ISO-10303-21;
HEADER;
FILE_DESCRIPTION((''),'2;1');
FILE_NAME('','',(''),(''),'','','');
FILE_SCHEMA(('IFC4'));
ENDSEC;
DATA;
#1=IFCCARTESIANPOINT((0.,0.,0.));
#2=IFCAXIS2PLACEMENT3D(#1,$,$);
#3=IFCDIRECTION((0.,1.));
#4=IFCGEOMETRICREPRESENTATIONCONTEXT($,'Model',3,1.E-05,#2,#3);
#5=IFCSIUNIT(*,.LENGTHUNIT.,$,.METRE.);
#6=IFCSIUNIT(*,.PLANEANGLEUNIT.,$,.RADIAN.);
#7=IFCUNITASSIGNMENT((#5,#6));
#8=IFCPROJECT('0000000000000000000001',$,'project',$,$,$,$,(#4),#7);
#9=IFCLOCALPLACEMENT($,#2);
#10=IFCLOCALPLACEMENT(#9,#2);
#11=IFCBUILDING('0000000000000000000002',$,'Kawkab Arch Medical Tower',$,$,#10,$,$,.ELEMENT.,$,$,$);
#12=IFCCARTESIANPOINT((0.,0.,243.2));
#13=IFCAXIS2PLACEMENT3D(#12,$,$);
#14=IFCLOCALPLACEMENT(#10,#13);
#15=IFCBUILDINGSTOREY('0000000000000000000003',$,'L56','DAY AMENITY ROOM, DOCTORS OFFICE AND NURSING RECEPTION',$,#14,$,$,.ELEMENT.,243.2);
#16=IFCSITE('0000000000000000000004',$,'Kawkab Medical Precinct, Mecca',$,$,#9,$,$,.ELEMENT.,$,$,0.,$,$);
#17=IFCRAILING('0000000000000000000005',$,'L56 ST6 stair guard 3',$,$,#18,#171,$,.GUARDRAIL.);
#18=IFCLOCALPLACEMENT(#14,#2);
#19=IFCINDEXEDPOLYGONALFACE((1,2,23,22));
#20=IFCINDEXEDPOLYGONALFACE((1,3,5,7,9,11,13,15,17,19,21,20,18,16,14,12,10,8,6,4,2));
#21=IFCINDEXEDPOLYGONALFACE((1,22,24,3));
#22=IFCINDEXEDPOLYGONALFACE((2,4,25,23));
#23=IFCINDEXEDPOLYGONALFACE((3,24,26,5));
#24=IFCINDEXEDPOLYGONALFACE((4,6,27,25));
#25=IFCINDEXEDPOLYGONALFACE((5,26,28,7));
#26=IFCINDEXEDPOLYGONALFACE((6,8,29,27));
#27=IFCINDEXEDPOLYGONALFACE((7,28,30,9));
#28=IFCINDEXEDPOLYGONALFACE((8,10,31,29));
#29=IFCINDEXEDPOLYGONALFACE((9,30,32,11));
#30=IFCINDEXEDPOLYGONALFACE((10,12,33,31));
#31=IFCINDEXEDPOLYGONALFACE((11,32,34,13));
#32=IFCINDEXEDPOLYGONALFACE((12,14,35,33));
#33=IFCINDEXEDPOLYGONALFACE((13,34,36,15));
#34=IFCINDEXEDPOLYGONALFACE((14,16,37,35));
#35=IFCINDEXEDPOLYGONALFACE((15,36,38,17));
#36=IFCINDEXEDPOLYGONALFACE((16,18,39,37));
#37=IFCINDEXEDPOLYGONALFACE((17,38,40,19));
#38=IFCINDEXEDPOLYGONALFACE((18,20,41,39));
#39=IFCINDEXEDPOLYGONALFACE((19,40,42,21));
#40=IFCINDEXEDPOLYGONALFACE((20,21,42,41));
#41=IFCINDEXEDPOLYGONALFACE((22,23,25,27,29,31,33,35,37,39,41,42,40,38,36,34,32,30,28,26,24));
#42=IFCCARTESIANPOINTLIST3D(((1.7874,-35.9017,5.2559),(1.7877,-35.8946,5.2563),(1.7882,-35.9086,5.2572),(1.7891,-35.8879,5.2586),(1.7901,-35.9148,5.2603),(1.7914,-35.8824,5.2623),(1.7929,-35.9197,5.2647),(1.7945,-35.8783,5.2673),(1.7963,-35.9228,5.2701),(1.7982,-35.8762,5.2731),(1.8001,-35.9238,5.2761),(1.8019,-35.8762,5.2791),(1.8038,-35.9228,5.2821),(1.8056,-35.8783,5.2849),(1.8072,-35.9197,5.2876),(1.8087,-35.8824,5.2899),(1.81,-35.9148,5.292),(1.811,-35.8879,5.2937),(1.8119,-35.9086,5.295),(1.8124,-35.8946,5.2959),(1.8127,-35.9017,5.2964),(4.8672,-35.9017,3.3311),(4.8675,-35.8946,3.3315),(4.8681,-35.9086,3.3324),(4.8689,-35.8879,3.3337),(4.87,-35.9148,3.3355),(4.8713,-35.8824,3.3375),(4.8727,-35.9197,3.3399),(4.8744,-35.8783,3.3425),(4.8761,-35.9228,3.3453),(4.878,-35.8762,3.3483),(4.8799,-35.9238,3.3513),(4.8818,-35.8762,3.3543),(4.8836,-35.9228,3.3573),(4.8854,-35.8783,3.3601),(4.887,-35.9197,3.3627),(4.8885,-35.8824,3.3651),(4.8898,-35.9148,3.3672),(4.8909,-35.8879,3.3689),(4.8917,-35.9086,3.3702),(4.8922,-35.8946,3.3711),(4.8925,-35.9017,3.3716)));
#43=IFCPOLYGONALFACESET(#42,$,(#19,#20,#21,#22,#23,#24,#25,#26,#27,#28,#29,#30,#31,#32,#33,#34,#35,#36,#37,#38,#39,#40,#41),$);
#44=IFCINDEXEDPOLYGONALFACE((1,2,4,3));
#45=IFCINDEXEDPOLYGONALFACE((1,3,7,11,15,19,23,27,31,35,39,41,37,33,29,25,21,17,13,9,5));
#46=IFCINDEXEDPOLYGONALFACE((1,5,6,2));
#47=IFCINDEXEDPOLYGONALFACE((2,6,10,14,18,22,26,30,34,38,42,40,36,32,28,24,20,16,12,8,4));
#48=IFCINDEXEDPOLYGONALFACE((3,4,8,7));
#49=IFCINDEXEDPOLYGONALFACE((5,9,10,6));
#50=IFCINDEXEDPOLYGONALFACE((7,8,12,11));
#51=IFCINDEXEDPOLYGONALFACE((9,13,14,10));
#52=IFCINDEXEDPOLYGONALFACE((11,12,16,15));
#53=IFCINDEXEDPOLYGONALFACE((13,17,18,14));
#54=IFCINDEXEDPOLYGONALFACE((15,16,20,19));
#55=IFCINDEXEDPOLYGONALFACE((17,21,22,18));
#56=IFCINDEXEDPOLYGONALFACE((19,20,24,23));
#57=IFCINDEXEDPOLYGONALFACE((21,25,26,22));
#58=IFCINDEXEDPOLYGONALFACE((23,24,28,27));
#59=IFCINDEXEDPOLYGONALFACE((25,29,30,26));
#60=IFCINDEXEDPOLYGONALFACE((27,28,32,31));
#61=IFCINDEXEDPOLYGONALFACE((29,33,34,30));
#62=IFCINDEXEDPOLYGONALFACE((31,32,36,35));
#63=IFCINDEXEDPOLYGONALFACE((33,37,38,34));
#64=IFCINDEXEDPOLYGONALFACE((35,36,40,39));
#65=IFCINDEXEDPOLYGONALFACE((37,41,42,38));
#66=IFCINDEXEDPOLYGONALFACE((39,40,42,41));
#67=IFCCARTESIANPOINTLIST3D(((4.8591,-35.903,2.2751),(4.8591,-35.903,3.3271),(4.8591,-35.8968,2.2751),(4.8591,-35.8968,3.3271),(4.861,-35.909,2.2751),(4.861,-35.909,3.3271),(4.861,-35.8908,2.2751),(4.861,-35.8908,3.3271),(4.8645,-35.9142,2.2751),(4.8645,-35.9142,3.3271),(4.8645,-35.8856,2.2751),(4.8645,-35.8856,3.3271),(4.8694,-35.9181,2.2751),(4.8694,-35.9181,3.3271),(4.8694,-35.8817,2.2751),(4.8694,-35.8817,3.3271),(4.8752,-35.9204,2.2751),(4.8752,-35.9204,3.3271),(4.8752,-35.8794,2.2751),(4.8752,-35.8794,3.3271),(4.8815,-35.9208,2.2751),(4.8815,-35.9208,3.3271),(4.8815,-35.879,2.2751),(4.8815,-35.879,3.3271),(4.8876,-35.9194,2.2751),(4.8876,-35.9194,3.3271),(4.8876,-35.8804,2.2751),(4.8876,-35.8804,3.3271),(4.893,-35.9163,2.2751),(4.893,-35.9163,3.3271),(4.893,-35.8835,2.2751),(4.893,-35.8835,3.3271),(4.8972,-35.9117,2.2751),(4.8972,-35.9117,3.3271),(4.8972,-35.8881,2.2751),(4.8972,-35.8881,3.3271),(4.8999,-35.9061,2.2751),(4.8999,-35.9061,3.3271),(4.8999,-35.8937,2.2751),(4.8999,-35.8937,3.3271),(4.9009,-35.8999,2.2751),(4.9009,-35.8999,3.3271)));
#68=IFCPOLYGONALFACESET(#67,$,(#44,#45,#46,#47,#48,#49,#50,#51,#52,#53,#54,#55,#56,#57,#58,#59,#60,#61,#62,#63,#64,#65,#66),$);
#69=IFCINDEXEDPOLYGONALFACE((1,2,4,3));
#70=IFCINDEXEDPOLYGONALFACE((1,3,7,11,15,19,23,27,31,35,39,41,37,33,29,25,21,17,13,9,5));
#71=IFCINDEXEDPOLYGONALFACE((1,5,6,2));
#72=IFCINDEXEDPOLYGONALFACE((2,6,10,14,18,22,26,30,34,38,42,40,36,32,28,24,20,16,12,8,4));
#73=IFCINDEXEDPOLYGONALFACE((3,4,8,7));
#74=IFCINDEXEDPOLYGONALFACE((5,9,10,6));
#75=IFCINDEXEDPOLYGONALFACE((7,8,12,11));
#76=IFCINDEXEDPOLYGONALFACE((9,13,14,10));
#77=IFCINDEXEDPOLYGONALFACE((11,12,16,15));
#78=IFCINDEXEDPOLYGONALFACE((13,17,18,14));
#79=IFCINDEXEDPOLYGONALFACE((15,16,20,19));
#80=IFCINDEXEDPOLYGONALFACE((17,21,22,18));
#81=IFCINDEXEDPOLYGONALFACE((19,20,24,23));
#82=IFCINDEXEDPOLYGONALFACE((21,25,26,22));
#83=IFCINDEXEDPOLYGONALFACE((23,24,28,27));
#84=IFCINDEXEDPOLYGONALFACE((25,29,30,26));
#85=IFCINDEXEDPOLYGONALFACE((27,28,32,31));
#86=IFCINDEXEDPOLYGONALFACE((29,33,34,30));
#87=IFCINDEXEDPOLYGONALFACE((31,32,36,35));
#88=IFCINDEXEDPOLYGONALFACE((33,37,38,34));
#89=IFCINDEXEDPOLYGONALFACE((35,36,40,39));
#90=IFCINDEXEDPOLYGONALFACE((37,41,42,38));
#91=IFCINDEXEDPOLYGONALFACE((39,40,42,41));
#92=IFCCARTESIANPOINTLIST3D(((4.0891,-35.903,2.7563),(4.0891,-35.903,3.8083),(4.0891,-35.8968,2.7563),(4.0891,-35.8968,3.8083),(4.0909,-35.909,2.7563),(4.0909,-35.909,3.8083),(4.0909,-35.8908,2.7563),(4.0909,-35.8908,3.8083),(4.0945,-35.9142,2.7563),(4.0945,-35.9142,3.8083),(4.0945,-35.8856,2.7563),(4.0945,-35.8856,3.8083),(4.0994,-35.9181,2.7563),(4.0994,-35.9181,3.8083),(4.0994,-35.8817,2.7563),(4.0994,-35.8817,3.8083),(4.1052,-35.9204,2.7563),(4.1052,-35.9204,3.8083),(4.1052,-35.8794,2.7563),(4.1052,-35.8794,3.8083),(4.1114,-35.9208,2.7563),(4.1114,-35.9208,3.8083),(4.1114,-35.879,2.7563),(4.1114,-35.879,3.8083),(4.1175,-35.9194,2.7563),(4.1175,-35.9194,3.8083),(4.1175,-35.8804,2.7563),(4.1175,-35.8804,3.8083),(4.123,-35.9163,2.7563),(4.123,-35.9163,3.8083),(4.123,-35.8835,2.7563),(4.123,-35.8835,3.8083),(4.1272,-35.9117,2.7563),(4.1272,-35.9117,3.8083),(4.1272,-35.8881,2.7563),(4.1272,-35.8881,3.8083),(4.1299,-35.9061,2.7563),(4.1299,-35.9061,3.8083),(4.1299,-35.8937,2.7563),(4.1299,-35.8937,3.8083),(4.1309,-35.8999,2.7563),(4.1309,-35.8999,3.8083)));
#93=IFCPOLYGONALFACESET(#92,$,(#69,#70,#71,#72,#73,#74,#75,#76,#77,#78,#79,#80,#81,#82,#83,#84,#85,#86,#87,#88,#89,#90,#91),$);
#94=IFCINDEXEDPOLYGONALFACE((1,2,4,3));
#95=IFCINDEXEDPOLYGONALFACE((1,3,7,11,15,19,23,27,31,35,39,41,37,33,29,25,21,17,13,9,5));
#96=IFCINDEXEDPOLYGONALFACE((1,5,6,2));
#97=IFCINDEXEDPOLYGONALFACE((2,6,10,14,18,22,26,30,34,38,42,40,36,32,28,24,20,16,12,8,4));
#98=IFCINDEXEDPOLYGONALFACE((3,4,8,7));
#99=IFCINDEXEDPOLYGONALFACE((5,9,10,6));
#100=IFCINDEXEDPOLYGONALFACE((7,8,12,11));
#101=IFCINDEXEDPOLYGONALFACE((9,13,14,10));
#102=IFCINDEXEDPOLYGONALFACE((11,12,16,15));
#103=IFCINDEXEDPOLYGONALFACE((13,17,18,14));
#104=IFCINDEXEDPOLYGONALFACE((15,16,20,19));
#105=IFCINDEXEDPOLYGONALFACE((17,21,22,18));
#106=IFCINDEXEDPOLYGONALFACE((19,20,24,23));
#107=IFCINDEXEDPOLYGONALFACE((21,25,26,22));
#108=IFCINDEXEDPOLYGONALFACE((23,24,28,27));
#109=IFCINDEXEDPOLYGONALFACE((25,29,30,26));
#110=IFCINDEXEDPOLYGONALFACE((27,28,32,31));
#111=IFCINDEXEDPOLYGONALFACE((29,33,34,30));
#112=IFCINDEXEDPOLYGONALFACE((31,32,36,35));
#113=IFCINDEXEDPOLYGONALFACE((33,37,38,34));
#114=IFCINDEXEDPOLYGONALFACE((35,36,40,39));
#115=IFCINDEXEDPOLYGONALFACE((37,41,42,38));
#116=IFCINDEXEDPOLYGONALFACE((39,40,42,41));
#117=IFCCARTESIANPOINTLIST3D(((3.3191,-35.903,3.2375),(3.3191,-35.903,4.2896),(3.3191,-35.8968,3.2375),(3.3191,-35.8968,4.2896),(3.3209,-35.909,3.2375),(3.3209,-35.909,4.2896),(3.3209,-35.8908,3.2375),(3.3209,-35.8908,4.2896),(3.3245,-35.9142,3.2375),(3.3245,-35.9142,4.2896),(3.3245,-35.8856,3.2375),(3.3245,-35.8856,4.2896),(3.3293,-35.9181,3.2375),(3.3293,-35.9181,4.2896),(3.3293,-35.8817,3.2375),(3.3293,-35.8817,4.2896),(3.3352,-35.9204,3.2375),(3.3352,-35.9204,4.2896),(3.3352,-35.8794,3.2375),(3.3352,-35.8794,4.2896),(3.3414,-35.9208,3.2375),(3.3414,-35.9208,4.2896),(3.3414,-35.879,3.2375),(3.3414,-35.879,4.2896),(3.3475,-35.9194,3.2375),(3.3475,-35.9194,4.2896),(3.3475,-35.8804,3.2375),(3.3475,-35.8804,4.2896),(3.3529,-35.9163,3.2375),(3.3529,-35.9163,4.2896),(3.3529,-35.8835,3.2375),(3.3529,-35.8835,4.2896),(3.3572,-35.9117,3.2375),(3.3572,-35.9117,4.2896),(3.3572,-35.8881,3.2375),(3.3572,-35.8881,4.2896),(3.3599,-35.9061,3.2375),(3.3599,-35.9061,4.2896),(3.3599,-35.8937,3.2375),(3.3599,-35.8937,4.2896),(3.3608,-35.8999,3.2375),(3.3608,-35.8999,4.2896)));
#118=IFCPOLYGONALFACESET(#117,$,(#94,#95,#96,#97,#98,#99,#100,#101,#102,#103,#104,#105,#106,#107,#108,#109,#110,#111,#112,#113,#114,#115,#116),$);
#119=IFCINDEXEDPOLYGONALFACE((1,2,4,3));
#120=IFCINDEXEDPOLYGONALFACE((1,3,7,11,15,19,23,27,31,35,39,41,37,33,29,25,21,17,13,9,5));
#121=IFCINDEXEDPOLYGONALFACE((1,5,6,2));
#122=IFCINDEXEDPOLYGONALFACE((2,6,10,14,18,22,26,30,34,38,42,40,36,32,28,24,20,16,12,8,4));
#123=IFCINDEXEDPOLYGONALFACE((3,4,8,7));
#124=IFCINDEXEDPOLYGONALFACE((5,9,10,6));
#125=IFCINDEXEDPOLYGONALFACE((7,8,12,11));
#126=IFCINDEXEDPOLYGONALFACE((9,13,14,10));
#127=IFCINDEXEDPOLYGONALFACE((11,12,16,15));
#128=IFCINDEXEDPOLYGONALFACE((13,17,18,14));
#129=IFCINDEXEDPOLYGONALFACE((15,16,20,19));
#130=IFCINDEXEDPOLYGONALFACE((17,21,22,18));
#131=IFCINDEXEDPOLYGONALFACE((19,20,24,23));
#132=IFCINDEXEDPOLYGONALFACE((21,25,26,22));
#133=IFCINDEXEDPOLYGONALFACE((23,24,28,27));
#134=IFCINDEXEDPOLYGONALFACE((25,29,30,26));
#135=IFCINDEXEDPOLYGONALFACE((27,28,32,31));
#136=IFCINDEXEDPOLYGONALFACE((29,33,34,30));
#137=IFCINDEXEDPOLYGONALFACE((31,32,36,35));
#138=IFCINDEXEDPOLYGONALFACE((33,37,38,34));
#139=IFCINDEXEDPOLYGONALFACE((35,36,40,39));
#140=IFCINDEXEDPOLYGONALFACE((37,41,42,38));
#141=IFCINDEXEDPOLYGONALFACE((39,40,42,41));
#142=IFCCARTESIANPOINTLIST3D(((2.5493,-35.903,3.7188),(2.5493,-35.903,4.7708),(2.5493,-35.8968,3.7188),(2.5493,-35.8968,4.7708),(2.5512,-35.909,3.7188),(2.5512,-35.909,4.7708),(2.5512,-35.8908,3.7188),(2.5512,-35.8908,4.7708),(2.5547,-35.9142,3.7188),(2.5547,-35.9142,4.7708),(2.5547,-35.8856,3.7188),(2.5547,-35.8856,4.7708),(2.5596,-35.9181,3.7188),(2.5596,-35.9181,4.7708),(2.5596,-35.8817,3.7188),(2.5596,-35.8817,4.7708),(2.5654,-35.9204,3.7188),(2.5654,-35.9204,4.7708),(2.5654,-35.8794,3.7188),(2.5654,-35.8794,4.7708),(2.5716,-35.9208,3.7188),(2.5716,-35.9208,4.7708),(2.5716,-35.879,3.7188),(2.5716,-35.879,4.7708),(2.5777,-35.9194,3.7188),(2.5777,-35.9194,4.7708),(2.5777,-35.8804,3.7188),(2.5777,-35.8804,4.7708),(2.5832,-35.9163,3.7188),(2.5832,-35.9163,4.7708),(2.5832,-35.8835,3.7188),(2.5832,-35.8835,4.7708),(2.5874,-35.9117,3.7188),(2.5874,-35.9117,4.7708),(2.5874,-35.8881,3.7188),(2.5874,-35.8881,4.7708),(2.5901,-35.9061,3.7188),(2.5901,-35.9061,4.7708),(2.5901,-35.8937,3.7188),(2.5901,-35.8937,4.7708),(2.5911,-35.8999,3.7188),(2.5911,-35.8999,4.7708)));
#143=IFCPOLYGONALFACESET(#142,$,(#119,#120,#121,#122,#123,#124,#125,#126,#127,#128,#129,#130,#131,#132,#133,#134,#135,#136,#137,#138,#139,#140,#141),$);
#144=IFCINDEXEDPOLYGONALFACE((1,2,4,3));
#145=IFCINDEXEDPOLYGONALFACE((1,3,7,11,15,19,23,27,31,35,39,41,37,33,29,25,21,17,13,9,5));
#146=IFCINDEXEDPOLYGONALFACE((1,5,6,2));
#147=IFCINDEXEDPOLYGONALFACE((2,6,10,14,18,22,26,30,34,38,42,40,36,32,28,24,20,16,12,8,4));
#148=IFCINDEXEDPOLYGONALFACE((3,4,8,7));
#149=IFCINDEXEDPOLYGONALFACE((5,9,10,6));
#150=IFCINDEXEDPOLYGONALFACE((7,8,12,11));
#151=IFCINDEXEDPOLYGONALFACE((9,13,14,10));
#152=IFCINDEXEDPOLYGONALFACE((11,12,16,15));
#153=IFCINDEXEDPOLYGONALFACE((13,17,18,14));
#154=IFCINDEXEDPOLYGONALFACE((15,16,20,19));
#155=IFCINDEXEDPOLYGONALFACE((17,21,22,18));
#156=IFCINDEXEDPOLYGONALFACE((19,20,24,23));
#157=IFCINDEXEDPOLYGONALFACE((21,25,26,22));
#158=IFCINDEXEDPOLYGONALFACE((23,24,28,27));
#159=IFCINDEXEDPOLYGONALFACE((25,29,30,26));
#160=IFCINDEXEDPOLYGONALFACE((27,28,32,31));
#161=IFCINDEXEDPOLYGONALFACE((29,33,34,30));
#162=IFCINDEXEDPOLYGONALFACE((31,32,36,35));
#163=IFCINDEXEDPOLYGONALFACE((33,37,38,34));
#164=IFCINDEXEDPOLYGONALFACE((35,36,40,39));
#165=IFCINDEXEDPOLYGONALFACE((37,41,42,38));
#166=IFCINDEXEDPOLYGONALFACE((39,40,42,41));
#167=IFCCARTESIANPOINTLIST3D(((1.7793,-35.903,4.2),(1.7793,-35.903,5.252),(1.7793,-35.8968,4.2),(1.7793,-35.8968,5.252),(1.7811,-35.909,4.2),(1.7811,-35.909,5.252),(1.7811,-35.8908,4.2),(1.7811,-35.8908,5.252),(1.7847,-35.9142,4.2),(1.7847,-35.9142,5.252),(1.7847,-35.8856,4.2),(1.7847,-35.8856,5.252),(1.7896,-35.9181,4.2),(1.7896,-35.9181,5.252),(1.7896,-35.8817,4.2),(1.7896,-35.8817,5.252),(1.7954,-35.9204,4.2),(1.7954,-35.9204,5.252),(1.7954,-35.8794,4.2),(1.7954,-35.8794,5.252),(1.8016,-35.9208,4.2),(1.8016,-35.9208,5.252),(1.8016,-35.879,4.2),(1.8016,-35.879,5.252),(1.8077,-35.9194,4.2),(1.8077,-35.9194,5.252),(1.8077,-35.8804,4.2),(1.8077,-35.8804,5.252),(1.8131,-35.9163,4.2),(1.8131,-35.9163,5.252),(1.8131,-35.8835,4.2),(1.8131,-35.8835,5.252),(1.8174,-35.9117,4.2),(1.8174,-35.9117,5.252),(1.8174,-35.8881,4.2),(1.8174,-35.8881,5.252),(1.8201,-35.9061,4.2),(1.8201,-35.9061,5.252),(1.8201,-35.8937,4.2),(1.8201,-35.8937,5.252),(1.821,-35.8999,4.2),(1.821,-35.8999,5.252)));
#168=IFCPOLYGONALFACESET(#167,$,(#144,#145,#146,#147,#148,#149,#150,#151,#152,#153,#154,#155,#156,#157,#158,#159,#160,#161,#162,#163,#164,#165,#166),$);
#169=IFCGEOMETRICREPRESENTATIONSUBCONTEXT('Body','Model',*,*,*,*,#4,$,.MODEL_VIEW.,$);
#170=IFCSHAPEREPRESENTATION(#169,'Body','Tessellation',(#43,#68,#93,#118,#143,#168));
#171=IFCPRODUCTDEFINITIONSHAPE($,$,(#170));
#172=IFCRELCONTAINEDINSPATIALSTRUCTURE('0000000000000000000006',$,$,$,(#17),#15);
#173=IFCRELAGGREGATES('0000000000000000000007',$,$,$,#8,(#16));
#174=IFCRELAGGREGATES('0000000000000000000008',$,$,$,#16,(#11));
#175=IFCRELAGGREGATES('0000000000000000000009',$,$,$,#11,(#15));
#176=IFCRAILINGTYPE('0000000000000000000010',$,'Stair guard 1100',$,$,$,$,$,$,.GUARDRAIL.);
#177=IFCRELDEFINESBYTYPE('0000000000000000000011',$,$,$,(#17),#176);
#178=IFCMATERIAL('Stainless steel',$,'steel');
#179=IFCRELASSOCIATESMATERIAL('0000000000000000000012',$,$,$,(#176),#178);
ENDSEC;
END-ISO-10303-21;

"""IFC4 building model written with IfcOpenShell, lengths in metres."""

from ifc_helpers import new_model, si_unit, direction, frame, origin, origin_2d, place, context, subcontext, project, spatial, circle, extrude, material, type_object, element, save


model = new_model("IFC4")

# Units and contexts
model_context = context("Model", 3, precision=1e-05, world=origin(), true_north=direction((0.0, 1.0)))
body_context = subcontext(model_context, "Body", "Model", "MODEL_VIEW")
ifc_project = project(units=[si_unit("LENGTHUNIT", "METRE"), si_unit("PLANEANGLEUNIT", "RADIAN")], contexts=[model_context])

# Site, building, storey
site_placement = place(None, origin())
site = spatial("IfcSite", under=ifc_project, at=site_placement, Name="Kawkab Medical Precinct, Mecca", CompositionType="ELEMENT", RefElevation=0.0)
building_placement = place(site_placement, origin())
building = spatial("IfcBuilding", under=site, at=building_placement, Name="Kawkab Arch Medical Tower", CompositionType="ELEMENT")
storey_placement = place(building_placement, frame((0.0, 0.0, 243.2)))
storey = spatial("IfcBuildingStorey", under=building, at=storey_placement, Name="L56", Description="DAY AMENITY ROOM, DOCTORS OFFICE AND NURSING RECEPTION", CompositionType="ELEMENT", Elevation=243.2)

# Railing
ifc_material_1 = material(Name="Stainless steel", Category="steel")
railing_type = type_object("IfcRailingType", Name="Stair guard 1100", PredefinedType="GUARDRAIL", material=ifc_material_1)
railing_1_placement = place(storey_placement, frame((4.8799, -35.8999, 2.2751)))
element("IfcRailing", 1, at=railing_1_placement, inside=storey, type_object=railing_type, Name="L56 ST6 stair guard 3", PredefinedType="GUARDRAIL", context=body_context, shape_type="SweptSolid", body=[
    extrude(circle(Radius=0.0239, at=origin_2d()), frame((0.0, 0.0, 1.0762), z_axis=(-0.84801, 0.0, 0.529981), x_axis=(0.0, -1.0, 0.0)), (0.0, 0.0, 1.0), 3.6318),
    extrude(circle(Radius=0.021, at=origin_2d()), origin(), (0.0, 0.0, 1.0), 1.052),
    extrude(circle(Radius=0.021, at=origin_2d()), frame((-0.77, 0.0, 0.4812)), (0.0, 0.0, 1.0), 1.052),
    extrude(circle(Radius=0.021, at=origin_2d()), frame((-1.54, 0.0, 0.9624)), (0.0, 0.0, 1.0), 1.052),
    extrude(circle(Radius=0.021, at=origin_2d()), frame((-2.3098, 0.0, 1.4436)), (0.0, 0.0, 1.0), 1.052),
    extrude(circle(Radius=0.021, at=origin_2d()), frame((-3.0798, 0.0, 1.9248)), (0.0, 0.0, 1.0), 1.052),
])

save(model, "model.ifc")
